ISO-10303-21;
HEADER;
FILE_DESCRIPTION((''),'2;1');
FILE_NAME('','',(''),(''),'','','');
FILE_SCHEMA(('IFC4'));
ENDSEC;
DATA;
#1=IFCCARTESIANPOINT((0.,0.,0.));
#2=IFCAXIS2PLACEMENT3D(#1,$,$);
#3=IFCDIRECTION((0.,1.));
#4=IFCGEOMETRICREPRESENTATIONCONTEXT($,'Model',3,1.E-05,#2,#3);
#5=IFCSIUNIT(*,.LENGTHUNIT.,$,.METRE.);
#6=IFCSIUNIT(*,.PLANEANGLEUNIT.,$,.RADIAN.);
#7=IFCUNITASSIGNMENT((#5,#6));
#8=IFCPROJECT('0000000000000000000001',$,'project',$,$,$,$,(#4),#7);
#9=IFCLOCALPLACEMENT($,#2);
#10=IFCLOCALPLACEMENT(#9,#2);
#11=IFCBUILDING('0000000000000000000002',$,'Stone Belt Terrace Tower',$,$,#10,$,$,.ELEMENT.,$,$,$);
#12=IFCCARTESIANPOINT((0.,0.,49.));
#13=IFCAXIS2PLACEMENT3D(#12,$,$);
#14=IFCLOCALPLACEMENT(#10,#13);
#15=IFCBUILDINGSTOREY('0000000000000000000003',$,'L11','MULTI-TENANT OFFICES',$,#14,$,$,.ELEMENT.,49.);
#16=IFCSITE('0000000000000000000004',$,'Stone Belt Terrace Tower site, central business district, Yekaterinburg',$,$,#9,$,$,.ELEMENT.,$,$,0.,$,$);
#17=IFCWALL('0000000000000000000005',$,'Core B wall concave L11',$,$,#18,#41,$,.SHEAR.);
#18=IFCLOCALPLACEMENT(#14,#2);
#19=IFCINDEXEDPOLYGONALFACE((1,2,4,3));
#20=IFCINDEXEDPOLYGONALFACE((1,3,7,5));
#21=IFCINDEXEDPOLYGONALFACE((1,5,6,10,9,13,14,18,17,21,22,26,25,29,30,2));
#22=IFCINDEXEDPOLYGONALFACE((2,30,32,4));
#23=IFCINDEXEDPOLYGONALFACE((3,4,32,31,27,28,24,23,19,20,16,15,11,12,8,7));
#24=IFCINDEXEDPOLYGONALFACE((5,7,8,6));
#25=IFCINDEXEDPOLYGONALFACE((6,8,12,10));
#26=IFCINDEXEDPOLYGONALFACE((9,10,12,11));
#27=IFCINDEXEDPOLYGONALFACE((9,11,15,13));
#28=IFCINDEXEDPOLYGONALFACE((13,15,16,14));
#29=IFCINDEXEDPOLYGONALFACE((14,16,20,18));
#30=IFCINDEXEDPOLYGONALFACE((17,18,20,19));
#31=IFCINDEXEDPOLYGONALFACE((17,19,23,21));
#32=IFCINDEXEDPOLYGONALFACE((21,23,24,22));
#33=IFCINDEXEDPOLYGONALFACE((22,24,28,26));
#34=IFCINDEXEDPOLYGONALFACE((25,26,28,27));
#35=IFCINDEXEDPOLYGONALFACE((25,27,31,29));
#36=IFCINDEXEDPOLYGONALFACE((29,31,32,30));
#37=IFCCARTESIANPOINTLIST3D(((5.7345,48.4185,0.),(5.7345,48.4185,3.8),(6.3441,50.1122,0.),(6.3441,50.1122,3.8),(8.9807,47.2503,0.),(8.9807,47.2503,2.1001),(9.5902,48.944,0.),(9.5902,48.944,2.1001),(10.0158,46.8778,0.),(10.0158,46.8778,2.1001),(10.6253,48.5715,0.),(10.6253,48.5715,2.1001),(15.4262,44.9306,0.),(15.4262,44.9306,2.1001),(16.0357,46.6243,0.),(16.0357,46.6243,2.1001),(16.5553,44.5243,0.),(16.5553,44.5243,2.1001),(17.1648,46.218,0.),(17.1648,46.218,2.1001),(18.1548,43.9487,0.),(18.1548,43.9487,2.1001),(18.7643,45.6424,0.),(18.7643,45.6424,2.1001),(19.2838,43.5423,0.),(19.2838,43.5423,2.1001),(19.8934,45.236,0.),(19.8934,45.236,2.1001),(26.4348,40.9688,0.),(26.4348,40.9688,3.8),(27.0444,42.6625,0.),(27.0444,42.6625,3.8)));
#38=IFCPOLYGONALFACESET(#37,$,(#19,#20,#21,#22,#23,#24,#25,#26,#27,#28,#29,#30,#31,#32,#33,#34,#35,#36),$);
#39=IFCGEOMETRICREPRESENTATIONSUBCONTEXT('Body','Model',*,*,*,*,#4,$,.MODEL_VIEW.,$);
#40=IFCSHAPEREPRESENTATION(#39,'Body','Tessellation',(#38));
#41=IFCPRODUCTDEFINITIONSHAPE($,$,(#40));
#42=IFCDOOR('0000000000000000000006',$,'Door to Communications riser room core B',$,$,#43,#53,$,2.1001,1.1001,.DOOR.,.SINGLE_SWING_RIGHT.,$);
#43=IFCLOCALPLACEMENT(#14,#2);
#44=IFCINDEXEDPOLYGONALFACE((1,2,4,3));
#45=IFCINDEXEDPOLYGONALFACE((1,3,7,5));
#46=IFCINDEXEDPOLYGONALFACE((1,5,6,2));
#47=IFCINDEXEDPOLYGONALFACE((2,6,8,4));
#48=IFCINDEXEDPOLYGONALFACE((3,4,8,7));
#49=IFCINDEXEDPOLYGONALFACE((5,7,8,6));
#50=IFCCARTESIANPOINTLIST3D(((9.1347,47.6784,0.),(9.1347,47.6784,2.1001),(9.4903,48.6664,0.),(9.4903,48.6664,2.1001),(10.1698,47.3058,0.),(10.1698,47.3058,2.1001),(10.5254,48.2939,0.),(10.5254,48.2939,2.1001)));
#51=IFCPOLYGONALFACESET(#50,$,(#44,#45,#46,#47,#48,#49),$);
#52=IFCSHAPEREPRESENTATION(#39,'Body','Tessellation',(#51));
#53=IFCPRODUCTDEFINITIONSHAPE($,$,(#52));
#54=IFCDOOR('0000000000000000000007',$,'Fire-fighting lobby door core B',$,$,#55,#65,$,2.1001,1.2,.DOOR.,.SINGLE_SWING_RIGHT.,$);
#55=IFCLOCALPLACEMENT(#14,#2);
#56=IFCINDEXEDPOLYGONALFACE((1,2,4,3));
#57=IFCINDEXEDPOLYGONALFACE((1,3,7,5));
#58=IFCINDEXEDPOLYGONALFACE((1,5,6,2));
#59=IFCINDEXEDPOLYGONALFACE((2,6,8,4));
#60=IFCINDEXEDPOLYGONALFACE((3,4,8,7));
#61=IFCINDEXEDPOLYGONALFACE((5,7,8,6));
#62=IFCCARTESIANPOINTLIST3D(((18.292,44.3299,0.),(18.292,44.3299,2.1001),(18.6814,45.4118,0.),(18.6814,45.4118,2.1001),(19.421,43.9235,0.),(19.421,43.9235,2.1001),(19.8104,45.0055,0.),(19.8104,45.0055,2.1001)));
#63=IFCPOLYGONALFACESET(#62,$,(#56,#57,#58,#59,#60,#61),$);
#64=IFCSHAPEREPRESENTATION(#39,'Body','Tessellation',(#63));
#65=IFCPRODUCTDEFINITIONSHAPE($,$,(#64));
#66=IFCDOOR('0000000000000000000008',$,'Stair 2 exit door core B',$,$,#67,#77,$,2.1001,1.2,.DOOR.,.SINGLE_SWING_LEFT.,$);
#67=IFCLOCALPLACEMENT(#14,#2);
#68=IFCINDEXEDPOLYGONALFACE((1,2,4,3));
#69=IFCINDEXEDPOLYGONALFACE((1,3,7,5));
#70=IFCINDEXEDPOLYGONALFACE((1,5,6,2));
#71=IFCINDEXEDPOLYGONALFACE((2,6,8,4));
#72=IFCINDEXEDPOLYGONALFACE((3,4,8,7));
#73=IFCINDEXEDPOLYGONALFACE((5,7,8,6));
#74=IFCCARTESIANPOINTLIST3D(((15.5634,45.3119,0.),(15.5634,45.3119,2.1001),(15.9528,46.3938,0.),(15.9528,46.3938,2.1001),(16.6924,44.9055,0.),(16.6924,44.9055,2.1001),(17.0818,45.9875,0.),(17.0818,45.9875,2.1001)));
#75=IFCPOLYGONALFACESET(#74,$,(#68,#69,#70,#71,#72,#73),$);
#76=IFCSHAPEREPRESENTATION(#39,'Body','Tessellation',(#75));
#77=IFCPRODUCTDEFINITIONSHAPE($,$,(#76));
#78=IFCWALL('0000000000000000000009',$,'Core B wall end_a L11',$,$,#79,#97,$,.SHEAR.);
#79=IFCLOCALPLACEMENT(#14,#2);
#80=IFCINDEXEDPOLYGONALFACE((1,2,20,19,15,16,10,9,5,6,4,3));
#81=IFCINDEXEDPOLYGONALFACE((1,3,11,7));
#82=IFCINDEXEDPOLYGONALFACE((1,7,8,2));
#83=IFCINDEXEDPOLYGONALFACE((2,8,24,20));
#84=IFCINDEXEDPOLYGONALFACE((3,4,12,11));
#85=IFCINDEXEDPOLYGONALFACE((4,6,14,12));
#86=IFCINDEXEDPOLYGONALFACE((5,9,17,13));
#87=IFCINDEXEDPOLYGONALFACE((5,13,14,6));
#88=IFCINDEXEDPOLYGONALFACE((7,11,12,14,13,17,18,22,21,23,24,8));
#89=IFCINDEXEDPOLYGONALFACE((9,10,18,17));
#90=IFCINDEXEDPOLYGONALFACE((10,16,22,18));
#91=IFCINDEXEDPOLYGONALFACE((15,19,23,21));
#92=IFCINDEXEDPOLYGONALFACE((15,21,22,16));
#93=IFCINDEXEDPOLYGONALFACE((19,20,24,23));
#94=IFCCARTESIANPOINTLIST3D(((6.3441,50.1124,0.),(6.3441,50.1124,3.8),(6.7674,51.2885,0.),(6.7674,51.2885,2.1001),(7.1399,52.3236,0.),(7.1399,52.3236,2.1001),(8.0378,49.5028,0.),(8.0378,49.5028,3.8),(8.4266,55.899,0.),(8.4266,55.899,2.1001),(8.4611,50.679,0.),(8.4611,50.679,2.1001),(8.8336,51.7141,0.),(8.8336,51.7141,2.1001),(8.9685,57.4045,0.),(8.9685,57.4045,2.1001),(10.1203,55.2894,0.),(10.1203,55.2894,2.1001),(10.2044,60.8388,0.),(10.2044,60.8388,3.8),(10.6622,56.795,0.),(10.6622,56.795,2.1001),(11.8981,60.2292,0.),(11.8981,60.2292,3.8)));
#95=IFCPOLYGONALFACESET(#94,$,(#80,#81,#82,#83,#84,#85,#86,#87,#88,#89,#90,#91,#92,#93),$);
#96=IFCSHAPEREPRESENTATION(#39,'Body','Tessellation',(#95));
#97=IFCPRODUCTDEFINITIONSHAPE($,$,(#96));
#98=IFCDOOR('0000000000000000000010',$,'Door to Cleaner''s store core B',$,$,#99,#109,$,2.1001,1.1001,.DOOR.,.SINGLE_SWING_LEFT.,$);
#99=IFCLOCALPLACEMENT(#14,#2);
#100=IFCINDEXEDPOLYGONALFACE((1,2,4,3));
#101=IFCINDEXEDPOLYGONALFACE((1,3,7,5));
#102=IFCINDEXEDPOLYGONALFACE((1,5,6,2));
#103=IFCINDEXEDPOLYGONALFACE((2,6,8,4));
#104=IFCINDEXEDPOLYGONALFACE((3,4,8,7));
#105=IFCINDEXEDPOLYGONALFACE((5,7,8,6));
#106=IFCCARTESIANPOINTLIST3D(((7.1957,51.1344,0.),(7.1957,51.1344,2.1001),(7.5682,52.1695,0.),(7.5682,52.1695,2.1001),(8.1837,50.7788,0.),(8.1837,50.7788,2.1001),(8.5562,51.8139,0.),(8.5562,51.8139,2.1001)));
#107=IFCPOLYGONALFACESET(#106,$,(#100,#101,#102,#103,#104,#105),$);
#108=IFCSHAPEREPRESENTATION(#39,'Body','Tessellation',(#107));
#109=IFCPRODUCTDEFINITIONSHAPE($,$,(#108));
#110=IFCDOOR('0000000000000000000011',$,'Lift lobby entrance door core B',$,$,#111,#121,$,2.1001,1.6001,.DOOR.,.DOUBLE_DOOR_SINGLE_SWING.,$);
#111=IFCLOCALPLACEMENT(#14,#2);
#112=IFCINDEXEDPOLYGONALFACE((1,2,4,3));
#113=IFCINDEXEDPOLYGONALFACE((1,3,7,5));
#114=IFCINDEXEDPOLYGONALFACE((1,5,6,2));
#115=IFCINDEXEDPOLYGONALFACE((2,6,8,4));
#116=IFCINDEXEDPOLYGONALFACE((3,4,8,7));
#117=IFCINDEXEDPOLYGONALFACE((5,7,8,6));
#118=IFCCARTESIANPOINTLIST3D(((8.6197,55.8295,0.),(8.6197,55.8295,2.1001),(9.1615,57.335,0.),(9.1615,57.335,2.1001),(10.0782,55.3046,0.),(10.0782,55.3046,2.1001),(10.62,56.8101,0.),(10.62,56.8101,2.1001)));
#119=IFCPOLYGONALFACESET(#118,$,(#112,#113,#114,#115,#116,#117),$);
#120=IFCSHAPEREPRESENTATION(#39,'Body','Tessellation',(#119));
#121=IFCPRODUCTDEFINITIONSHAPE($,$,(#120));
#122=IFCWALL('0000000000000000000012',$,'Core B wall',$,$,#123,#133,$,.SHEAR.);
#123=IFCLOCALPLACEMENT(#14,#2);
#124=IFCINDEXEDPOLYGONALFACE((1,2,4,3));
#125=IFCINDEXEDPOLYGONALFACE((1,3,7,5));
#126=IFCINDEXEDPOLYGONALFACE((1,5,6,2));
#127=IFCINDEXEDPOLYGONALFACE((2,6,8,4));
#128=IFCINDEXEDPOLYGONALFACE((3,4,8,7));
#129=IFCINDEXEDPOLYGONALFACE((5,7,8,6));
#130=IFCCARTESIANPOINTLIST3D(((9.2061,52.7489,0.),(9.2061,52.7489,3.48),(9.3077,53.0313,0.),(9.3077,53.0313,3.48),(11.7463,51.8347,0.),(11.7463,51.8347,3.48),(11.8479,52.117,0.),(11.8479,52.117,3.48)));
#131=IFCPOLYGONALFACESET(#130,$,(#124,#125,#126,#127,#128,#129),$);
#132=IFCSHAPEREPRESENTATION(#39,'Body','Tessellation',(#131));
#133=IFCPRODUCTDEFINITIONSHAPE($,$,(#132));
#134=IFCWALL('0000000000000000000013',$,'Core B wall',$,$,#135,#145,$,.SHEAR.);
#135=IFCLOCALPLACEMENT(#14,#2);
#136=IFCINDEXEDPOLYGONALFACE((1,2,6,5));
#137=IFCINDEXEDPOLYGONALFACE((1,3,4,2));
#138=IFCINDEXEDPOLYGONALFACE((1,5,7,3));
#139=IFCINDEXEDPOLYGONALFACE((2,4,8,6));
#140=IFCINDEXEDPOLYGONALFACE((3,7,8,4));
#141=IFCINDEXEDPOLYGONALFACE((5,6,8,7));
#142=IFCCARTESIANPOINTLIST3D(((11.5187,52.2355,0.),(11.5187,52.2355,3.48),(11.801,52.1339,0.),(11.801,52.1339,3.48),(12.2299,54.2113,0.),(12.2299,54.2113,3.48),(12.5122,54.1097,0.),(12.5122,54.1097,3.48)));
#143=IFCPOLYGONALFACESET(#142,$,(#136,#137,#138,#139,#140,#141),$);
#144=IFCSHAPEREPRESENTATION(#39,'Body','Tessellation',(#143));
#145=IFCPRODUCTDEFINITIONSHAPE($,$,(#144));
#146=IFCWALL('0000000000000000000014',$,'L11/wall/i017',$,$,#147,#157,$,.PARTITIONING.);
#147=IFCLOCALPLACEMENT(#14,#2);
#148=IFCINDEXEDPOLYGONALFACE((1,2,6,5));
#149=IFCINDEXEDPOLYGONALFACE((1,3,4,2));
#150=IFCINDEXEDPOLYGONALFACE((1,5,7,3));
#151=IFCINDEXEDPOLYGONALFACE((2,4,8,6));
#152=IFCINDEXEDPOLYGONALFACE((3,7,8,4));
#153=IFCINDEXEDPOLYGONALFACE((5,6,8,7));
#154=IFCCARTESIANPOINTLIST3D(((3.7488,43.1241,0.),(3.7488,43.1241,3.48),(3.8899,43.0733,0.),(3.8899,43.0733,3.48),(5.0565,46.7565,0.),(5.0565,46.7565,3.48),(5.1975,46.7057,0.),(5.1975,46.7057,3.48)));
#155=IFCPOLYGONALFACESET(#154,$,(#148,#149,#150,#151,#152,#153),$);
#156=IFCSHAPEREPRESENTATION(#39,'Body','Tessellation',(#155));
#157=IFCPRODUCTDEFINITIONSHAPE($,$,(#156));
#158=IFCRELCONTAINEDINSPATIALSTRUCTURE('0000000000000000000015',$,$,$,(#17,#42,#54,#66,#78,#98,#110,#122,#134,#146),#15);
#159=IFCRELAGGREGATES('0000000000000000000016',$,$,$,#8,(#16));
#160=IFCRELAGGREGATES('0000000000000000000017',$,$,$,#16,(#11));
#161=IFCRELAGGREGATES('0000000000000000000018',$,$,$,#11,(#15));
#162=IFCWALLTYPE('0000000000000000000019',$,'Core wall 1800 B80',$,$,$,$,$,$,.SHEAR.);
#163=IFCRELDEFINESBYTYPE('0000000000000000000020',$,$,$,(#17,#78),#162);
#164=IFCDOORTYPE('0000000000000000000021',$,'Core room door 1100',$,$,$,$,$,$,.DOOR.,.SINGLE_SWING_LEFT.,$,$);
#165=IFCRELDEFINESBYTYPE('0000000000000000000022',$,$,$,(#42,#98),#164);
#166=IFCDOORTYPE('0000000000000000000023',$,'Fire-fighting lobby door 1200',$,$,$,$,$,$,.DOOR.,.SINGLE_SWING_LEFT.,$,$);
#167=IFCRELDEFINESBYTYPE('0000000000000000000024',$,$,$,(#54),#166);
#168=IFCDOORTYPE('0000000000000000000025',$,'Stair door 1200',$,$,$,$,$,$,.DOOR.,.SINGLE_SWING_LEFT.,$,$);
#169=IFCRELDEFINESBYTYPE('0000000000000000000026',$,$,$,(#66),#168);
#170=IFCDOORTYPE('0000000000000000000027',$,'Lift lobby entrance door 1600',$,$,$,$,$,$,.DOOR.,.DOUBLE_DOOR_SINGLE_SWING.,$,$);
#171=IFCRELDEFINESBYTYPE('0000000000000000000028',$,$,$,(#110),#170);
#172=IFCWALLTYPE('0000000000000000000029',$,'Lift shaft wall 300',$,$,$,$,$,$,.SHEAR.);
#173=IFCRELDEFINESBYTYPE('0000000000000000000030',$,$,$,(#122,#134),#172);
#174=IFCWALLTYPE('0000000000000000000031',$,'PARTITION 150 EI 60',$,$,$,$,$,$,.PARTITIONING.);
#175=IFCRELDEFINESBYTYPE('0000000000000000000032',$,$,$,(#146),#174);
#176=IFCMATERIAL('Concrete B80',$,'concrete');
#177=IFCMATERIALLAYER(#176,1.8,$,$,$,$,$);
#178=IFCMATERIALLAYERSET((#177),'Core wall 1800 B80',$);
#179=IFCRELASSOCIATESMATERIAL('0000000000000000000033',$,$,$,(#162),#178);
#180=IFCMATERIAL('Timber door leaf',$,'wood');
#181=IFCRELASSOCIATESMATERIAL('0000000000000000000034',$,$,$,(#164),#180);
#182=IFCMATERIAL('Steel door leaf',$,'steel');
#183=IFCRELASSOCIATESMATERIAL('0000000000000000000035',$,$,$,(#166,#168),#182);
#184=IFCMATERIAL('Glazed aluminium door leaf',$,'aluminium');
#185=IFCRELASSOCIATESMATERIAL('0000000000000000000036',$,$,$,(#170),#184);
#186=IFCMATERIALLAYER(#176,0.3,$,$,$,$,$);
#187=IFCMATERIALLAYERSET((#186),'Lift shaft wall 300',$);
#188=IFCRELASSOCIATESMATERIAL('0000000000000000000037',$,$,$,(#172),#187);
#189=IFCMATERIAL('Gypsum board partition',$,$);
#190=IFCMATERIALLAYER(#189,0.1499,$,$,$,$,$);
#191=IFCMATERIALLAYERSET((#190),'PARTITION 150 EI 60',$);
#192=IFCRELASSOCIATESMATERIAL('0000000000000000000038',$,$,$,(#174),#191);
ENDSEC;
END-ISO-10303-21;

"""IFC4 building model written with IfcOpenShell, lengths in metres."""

from ifc_helpers import new_model, si_unit, direction, frame, frame_2d, origin, place, context, subcontext, project, spatial, rectangle, extrude, material, layer, layer_set, type_object, element, fill, save


model = new_model("IFC4")

# Units and contexts
model_context = context("Model", 3, precision=1e-05, world=origin(), true_north=direction((0.0, 1.0)))
body_context = subcontext(model_context, "Body", "Model", "MODEL_VIEW")
ifc_project = project(units=[si_unit("LENGTHUNIT", "METRE"), si_unit("PLANEANGLEUNIT", "RADIAN")], contexts=[model_context])

# Site, building, storey
site_placement = place(None, origin())
site = spatial("IfcSite", under=ifc_project, at=site_placement, Name="Stone Belt Terrace Tower site, central business district, Yekaterinburg", CompositionType="ELEMENT", RefElevation=0.0)
building_placement = place(site_placement, origin())
building = spatial("IfcBuilding", under=site, at=building_placement, Name="Stone Belt Terrace Tower", CompositionType="ELEMENT")
storey_placement = place(building_placement, frame((0.0, 0.0, 49.0)))
storey = spatial("IfcBuildingStorey", under=building, at=storey_placement, Name="L11", Description="MULTI-TENANT OFFICES", CompositionType="ELEMENT", Elevation=49.0)

# Walls, openings, doors
ifc_material_1 = material(Name="Concrete B80", Category="concrete")
ifc_layer_1 = layer(ifc_material_1, 1.8)
ifc_layer_set_1 = layer_set([ifc_layer_1], Name="Core wall 1800 B80")
wall_type_1 = type_object("IfcWallType", Name="Core wall 1800 B80", PredefinedType="SHEAR", material=ifc_layer_set_1)
wall_1_placement = place(storey_placement, frame((6.0393, 49.2654, 0.0), z_axis=(0.0, 0.0, 1.0), x_axis=(0.940922, -0.338624, 0.0)))
wall_1 = element("IfcWall", 1, at=wall_1_placement, inside=storey, type_object=wall_type_1, Name="Core B wall concave L11", PredefinedType="SHEAR", context=body_context, shape_type="SweptSolid", body=[
    extrude(rectangle(XDim=22.0, YDim=1.8, at=frame_2d((11.0, 0.0))), origin(), (0.0, 0.0, 1.0), 3.8),
])
opening_1_placement = place(wall_1_placement, frame((13.2, 0.0, 0.0)))
opening_1 = element("IfcOpeningElement", 2, at=opening_1_placement, cuts=wall_1, PredefinedType="OPENING", context=body_context, shape_type="SweptSolid", body=[
    extrude(rectangle(XDim=1.2, YDim=2.1001, at=frame_2d((0.6001, 1.05))), frame((0.0, 0.9099, 0.0), z_axis=(0.0, -1.0, 0.0), x_axis=(1.0, 0.0, 0.0)), (0.0, 0.0, 1.0), 1.8201),
])
opening_2_placement = place(wall_1_placement, frame((10.3, 0.0, 0.0)))
opening_2 = element("IfcOpeningElement", 3, at=opening_2_placement, cuts=wall_1, PredefinedType="OPENING", context=body_context, shape_type="SweptSolid", body=[
    extrude(rectangle(XDim=1.2, YDim=2.1001, at=frame_2d((0.6001, 1.05))), frame((0.0, 0.9099, 0.0), z_axis=(0.0, -1.0, 0.0), x_axis=(1.0, 0.0, 0.0)), (0.0, 0.0, 1.0), 1.8201),
])
opening_3_placement = place(wall_1_placement, frame((3.45, 0.0, 0.0)))
opening_3 = element("IfcOpeningElement", 4, at=opening_3_placement, cuts=wall_1, PredefinedType="OPENING", context=body_context, shape_type="SweptSolid", body=[
    extrude(rectangle(XDim=1.1001, YDim=2.1001, at=frame_2d((0.55, 1.05))), frame((0.0, 0.9099, 0.0), z_axis=(0.0, -1.0, 0.0), x_axis=(1.0, 0.0, 0.0)), (0.0, 0.0, 1.0), 1.8201),
])
ifc_material_2 = material(Name="Timber door leaf", Category="wood")
door_type_1 = type_object("IfcDoorType", Name="Core room door 1100", OperationType="SINGLE_SWING_LEFT", PredefinedType="DOOR", material=ifc_material_2)
door_1_placement = place(opening_3_placement, origin())
door_1 = element("IfcDoor", 5, at=door_1_placement, inside=storey, type_object=door_type_1, Name="Door to Communications riser room core B", OperationType="SINGLE_SWING_RIGHT", OverallHeight=2.1001, OverallWidth=1.1001, PredefinedType="DOOR", context=body_context, shape_type="SweptSolid", body=[
    extrude(rectangle(XDim=1.1001, YDim=2.1001, at=frame_2d((0.55, 1.05))), frame((0.0, 0.605, 0.0), z_axis=(0.0, -1.0, 0.0), x_axis=(1.0, 0.0, 0.0)), (0.0, 0.0, 1.0), 1.05),
])
fill(opening_3, door_1)
ifc_material_3 = material(Name="Steel door leaf", Category="steel")
door_type_2 = type_object("IfcDoorType", Name="Fire-fighting lobby door 1200", OperationType="SINGLE_SWING_LEFT", PredefinedType="DOOR", material=ifc_material_3)
door_2_placement = place(opening_1_placement, origin())
door_2 = element("IfcDoor", 6, at=door_2_placement, inside=storey, type_object=door_type_2, Name="Fire-fighting lobby door core B", OperationType="SINGLE_SWING_RIGHT", OverallHeight=2.1001, OverallWidth=1.2, PredefinedType="DOOR", context=body_context, shape_type="SweptSolid", body=[
    extrude(rectangle(XDim=1.2, YDim=2.1001, at=frame_2d((0.6001, 1.05))), frame((0.0, 0.655, 0.0), z_axis=(0.0, -1.0, 0.0), x_axis=(1.0, 0.0, 0.0)), (0.0, 0.0, 1.0), 1.1499),
])
fill(opening_1, door_2)
door_type_3 = type_object("IfcDoorType", Name="Stair door 1200", OperationType="SINGLE_SWING_LEFT", PredefinedType="DOOR", material=ifc_material_3)
door_3_placement = place(opening_2_placement, origin())
door_3 = element("IfcDoor", 7, at=door_3_placement, inside=storey, type_object=door_type_3, Name="Stair 2 exit door core B", OperationType="SINGLE_SWING_LEFT", OverallHeight=2.1001, OverallWidth=1.2, PredefinedType="DOOR", context=body_context, shape_type="SweptSolid", body=[
    extrude(rectangle(XDim=1.2, YDim=2.1001, at=frame_2d((0.6001, 1.05))), frame((0.0, 0.655, 0.0), z_axis=(0.0, -1.0, 0.0), x_axis=(1.0, 0.0, 0.0)), (0.0, 0.0, 1.0), 1.1499),
])
fill(opening_2, door_3)
wall_2_placement = place(storey_placement, frame((7.1909, 49.8076, 0.0), z_axis=(0.0, 0.0, 1.0), x_axis=(0.338632, 0.940919, 0.0)))
wall_2 = element("IfcWall", 8, at=wall_2_placement, inside=storey, type_object=wall_type_1, Name="Core B wall end_a L11", PredefinedType="SHEAR", context=body_context, shape_type="SweptSolid", body=[
    extrude(rectangle(XDim=11.3999, YDim=1.8, at=frame_2d((5.7, 0.0))), origin(), (0.0, 0.0, 1.0), 3.8),
])
opening_4_placement = place(wall_2_placement, frame((6.1499, 0.0, 0.0)))
opening_4 = element("IfcOpeningElement", 9, at=opening_4_placement, cuts=wall_2, PredefinedType="OPENING", context=body_context, shape_type="SweptSolid", body=[
    extrude(rectangle(XDim=1.6001, YDim=2.1001, at=frame_2d((0.8, 1.05))), frame((0.0, 0.9099, 0.0), z_axis=(0.0, -1.0, 0.0), x_axis=(1.0, 0.0, 0.0)), (0.0, 0.0, 1.0), 1.8201),
])
opening_5_placement = place(wall_2_placement, frame((1.25, 0.0, 0.0)))
opening_5 = element("IfcOpeningElement", 10, at=opening_5_placement, cuts=wall_2, PredefinedType="OPENING", context=body_context, shape_type="SweptSolid", body=[
    extrude(rectangle(XDim=1.1001, YDim=2.1001, at=frame_2d((0.55, 1.05))), frame((0.0, 0.9099, 0.0), z_axis=(0.0, -1.0, 0.0), x_axis=(1.0, 0.0, 0.0)), (0.0, 0.0, 1.0), 1.8201),
])
door_4_placement = place(opening_5_placement, origin())
door_4 = element("IfcDoor", 11, at=door_4_placement, inside=storey, type_object=door_type_1, Name="Door to Cleaner's store core B", OperationType="SINGLE_SWING_LEFT", OverallHeight=2.1001, OverallWidth=1.1001, PredefinedType="DOOR", context=body_context, shape_type="SweptSolid", body=[
    extrude(rectangle(XDim=1.1001, YDim=2.1001, at=frame_2d((0.55, 1.05))), frame((0.0, 0.4448, 0.0), z_axis=(0.0, -1.0, 0.0), x_axis=(1.0, 0.0, 0.0)), (0.0, 0.0, 1.0), 1.05),
])
fill(opening_5, door_4)
ifc_material_4 = material(Name="Glazed aluminium door leaf", Category="aluminium")
door_type_4 = type_object("IfcDoorType", Name="Lift lobby entrance door 1600", OperationType="DOUBLE_DOOR_SINGLE_SWING", PredefinedType="DOOR", material=ifc_material_4)
door_5_placement = place(opening_4_placement, origin())
door_5 = element("IfcDoor", 12, at=door_5_placement, inside=storey, type_object=door_type_4, Name="Lift lobby entrance door core B", OperationType="DOUBLE_DOOR_SINGLE_SWING", OverallHeight=2.1001, OverallWidth=1.6001, PredefinedType="DOOR", context=body_context, shape_type="SweptSolid", body=[
    extrude(rectangle(XDim=1.6001, YDim=2.1001, at=frame_2d((0.8, 1.05))), frame((0.0, 0.6948, 0.0), z_axis=(0.0, -1.0, 0.0), x_axis=(1.0, 0.0, 0.0)), (0.0, 0.0, 1.0), 1.55),
])
fill(opening_4, door_5)

# Walls
ifc_layer_2 = layer(ifc_material_1, 0.3)
ifc_layer_set_2 = layer_set([ifc_layer_2], Name="Lift shaft wall 300")
wall_type_2 = type_object("IfcWallType", Name="Lift shaft wall 300", PredefinedType="SHEAR", material=ifc_layer_set_2)
wall_3_placement = place(storey_placement, frame((11.7971, 51.9758, 0.0), z_axis=(0.0, 0.0, 1.0), x_axis=(-0.94091, 0.338655, 0.0)))
element("IfcWall", 13, at=wall_3_placement, inside=storey, type_object=wall_type_2, Name="Core B wall", PredefinedType="SHEAR", context=body_context, shape_type="SweptSolid", body=[
    extrude(rectangle(XDim=2.6997, YDim=0.3, at=frame_2d((1.3499, 0.0))), origin(), (0.0, 0.0, 1.0), 3.48),
])
wall_4_placement = place(storey_placement, frame((11.6599, 52.1848, 0.0), z_axis=(0.0, 0.0, 1.0), x_axis=(0.33867, 0.940905, 0.0)))
element("IfcWall", 14, at=wall_4_placement, inside=storey, type_object=wall_type_2, Name="Core B wall", PredefinedType="SHEAR", context=body_context, shape_type="SweptSolid", body=[
    extrude(rectangle(XDim=2.0999, YDim=0.3, at=frame_2d((1.0498, 0.0))), origin(), (0.0, 0.0, 1.0), 3.48),
])
ifc_material_5 = material(Name="Gypsum board partition")
ifc_layer_3 = layer(ifc_material_5, 0.1499)
ifc_layer_set_3 = layer_set([ifc_layer_3], Name="PARTITION 150 EI 60")
wall_type_3 = type_object("IfcWallType", Name="PARTITION 150 EI 60", PredefinedType="PARTITIONING", material=ifc_layer_set_3)
wall_5_placement = place(storey_placement, frame((5.127, 46.731, 0.0), z_axis=(0.0, 0.0, 1.0), x_axis=(-0.338715, -0.940889, 0.0)))
element("IfcWall", 15, at=wall_5_placement, inside=storey, type_object=wall_type_3, Name="L11/wall/i017", PredefinedType="PARTITIONING", context=body_context, shape_type="SweptSolid", body=[
    extrude(rectangle(XDim=3.8606, YDim=0.1499, at=frame_2d((1.9302, 0.0))), origin(), (0.0, 0.0, 1.0), 3.48),
])

save(model, "model.ifc")
